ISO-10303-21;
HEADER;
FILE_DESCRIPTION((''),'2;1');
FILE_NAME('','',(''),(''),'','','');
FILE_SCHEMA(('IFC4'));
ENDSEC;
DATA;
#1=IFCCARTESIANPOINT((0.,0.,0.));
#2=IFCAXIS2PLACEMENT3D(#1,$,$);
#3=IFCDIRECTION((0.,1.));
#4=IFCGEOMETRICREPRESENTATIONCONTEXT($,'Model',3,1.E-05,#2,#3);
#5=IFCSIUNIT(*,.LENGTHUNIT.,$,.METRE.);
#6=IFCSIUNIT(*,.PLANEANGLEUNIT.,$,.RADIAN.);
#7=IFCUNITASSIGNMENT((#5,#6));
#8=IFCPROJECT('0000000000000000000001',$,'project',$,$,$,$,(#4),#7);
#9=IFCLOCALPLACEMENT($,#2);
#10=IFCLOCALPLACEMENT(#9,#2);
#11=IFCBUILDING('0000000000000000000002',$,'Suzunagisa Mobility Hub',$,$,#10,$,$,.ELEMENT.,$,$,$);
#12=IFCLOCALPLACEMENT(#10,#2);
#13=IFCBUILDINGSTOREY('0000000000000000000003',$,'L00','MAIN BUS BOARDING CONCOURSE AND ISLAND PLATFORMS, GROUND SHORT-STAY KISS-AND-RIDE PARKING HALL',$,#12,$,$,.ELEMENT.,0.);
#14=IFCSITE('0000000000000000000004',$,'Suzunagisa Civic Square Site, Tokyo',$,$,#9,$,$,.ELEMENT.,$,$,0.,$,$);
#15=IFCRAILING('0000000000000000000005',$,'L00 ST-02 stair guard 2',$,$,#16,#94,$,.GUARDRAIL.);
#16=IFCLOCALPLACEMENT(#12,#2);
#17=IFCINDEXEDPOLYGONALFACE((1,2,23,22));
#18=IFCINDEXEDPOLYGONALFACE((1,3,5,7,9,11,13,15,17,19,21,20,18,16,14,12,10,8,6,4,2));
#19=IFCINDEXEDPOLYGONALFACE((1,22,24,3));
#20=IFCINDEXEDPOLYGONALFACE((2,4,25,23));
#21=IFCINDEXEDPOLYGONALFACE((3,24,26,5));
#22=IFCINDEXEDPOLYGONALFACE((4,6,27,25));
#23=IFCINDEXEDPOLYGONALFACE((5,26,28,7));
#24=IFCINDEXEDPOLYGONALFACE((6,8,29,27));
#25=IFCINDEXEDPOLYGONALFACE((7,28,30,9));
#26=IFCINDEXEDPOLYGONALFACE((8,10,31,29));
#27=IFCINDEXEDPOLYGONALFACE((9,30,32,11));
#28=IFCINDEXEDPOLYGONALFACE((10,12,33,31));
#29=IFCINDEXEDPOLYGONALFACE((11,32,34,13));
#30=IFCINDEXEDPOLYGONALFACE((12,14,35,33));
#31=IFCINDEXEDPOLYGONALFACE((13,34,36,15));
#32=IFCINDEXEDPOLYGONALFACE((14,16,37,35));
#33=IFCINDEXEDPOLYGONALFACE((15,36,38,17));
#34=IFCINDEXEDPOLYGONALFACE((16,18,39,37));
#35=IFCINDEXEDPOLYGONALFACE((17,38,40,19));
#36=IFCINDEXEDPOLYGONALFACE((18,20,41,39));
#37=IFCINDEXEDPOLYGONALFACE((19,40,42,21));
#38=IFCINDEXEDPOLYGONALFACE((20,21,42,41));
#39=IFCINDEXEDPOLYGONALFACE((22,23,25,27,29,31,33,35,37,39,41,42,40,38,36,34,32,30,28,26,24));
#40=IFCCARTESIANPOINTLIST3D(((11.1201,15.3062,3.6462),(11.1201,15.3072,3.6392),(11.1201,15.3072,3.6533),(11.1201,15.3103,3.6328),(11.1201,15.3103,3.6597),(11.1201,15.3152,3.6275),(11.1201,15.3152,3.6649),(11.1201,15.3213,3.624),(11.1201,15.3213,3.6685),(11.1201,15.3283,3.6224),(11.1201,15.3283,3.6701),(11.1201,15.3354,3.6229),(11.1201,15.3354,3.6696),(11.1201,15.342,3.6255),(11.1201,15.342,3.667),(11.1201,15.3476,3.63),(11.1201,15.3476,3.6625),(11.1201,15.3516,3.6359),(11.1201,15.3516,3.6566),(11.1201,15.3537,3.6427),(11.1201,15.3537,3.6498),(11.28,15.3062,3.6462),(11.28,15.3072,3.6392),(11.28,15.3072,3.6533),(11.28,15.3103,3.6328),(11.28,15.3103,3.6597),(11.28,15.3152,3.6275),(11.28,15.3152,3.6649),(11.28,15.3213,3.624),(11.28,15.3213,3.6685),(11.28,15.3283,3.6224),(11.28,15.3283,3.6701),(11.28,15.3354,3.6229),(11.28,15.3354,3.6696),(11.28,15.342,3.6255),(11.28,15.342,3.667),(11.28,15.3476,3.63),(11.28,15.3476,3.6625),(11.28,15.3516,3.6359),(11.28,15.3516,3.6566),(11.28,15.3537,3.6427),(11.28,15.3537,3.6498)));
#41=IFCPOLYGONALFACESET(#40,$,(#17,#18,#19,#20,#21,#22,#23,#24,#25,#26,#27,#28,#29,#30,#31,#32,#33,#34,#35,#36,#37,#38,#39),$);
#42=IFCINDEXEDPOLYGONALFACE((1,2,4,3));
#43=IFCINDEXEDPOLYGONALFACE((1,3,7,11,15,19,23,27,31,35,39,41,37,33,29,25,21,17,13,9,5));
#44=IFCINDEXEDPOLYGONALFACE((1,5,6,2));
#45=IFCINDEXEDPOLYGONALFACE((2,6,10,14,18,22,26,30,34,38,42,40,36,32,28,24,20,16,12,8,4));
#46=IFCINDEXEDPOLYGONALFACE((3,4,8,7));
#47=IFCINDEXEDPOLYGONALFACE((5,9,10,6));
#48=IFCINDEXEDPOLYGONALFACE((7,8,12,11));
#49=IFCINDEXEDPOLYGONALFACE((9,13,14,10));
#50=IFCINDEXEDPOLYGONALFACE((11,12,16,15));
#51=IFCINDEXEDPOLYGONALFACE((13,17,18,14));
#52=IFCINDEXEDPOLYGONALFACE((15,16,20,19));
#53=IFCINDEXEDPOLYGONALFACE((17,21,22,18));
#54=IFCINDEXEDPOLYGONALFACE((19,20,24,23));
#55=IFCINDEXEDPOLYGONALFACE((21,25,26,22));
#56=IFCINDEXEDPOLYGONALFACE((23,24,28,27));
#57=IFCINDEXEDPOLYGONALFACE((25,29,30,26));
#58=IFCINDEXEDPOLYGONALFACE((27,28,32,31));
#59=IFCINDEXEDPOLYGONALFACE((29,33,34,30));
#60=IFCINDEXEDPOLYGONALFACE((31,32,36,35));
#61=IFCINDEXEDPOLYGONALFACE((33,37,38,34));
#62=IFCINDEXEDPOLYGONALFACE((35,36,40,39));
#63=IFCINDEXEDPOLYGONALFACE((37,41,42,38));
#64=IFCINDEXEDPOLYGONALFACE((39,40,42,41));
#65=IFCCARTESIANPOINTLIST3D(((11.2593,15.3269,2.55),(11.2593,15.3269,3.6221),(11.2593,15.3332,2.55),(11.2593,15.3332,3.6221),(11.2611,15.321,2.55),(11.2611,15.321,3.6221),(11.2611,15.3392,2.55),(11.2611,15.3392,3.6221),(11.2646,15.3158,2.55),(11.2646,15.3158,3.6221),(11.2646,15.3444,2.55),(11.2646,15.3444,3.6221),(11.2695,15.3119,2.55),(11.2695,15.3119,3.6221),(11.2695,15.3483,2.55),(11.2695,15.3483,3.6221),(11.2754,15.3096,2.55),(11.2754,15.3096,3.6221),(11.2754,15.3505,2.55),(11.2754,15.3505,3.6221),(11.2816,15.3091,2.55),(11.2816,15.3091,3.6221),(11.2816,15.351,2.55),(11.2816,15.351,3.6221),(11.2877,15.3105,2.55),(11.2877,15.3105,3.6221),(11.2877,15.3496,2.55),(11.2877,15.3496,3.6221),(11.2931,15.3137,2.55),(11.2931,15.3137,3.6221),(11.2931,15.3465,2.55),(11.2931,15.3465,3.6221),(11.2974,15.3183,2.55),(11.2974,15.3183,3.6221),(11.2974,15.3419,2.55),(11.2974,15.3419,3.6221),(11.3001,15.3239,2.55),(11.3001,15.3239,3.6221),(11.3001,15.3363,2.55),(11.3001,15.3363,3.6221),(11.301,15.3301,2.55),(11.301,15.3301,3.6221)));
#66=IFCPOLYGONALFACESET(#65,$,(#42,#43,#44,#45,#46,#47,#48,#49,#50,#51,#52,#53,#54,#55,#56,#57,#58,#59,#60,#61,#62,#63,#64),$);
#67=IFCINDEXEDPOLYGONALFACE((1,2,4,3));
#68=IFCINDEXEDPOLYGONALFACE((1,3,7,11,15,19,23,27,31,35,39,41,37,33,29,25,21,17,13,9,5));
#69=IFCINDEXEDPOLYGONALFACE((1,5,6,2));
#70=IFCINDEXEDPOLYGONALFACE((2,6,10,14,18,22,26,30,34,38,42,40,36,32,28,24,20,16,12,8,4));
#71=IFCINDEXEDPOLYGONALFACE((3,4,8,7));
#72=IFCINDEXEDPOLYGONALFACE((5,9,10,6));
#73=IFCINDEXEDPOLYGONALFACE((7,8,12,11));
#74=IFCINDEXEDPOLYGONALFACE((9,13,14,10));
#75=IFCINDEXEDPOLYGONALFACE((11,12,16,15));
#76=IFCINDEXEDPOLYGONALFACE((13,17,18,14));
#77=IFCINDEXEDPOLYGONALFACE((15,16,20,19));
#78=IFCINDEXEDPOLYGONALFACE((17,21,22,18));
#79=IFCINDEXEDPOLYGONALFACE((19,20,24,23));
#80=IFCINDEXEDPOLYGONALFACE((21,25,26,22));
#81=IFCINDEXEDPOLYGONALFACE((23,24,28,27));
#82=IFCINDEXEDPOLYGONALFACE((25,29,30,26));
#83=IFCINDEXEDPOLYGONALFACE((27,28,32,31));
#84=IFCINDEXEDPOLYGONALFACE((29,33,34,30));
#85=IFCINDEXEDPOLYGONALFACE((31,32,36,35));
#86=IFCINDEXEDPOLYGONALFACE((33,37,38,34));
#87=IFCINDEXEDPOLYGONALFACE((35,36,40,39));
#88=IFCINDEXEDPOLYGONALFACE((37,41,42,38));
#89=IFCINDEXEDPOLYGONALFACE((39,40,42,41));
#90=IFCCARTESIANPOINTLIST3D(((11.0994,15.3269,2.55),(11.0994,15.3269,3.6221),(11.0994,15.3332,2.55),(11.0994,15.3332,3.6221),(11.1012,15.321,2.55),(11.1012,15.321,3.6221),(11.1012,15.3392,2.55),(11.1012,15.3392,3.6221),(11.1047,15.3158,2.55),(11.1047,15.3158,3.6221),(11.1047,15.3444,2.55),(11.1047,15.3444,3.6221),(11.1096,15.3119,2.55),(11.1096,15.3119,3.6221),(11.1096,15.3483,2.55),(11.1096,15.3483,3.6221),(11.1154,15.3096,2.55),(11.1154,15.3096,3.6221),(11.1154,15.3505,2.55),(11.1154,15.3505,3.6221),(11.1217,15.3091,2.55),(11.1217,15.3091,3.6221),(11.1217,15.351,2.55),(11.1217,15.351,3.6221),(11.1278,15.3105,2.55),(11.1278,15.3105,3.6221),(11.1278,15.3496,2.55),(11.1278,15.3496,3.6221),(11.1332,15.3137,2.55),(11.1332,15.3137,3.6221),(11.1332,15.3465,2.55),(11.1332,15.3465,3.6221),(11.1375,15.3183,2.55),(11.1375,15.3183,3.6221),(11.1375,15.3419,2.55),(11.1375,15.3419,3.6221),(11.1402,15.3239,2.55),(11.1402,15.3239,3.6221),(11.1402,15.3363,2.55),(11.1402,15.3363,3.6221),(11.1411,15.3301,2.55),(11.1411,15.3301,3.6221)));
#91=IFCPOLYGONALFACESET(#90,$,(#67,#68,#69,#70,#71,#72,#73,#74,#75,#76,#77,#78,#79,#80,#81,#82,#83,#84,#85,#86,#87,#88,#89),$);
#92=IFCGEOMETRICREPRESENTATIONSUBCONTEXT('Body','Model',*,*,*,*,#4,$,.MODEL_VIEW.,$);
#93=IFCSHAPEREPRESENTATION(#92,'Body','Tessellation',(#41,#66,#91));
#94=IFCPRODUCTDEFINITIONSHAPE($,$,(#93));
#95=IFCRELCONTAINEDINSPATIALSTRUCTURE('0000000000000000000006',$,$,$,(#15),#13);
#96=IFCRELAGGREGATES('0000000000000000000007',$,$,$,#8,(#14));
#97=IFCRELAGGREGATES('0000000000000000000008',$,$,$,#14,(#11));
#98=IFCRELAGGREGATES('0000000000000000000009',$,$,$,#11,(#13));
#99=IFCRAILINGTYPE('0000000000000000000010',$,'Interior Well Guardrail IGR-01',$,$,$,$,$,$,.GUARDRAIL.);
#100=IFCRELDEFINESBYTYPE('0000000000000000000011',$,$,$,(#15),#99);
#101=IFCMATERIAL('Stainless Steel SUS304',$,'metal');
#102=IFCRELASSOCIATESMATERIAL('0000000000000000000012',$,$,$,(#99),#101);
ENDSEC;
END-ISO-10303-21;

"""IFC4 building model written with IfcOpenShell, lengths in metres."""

from ifc_helpers import new_model, si_unit, direction, frame, origin, origin_2d, place, context, subcontext, project, spatial, circle, extrude, material, type_object, element, save


model = new_model("IFC4")

# Units and contexts
model_context = context("Model", 3, precision=1e-05, world=origin(), true_north=direction((0.0, 1.0)))
body_context = subcontext(model_context, "Body", "Model", "MODEL_VIEW")
ifc_project = project(units=[si_unit("LENGTHUNIT", "METRE"), si_unit("PLANEANGLEUNIT", "RADIAN")], contexts=[model_context])

# Site, building, storey
site_placement = place(None, origin())
site = spatial("IfcSite", under=ifc_project, at=site_placement, Name="Suzunagisa Civic Square Site, Tokyo", CompositionType="ELEMENT", RefElevation=0.0)
building_placement = place(site_placement, origin())
building = spatial("IfcBuilding", under=site, at=building_placement, Name="Suzunagisa Mobility Hub", CompositionType="ELEMENT")
storey_placement = place(building_placement, origin())
storey = spatial("IfcBuildingStorey", under=building, at=storey_placement, Name="L00", Description="MAIN BUS BOARDING CONCOURSE AND ISLAND PLATFORMS, GROUND SHORT-STAY KISS-AND-RIDE PARKING HALL", CompositionType="ELEMENT", Elevation=0.0)

# Railing
ifc_material_1 = material(Name="Stainless Steel SUS304", Category="metal")
railing_type_1 = type_object("IfcRailingType", Name="Interior Well Guardrail IGR-01", PredefinedType="GUARDRAIL", material=ifc_material_1)
railing_1_placement = place(storey_placement, frame((11.28, 15.3301, 2.55)))
element("IfcRailing", 1, at=railing_1_placement, inside=storey, type_object=railing_type_1, Name="L00 ST-02 stair guard 2", PredefinedType="GUARDRAIL", context=body_context, shape_type="SweptSolid", body=[
    extrude(circle(Radius=0.0239, at=origin_2d()), frame((0.0, 0.0, 1.0962), z_axis=(-1.0, 0.0, 0.0), x_axis=(0.0, -1.0, 0.0)), (0.0, 0.0, 1.0), 0.1599),
    extrude(circle(Radius=0.021, at=origin_2d()), origin(), (0.0, 0.0, 1.0), 1.072),
    extrude(circle(Radius=0.021, at=origin_2d()), frame((-0.1599, 0.0, 0.0)), (0.0, 0.0, 1.0), 1.072),
])

save(model, "model.ifc")
